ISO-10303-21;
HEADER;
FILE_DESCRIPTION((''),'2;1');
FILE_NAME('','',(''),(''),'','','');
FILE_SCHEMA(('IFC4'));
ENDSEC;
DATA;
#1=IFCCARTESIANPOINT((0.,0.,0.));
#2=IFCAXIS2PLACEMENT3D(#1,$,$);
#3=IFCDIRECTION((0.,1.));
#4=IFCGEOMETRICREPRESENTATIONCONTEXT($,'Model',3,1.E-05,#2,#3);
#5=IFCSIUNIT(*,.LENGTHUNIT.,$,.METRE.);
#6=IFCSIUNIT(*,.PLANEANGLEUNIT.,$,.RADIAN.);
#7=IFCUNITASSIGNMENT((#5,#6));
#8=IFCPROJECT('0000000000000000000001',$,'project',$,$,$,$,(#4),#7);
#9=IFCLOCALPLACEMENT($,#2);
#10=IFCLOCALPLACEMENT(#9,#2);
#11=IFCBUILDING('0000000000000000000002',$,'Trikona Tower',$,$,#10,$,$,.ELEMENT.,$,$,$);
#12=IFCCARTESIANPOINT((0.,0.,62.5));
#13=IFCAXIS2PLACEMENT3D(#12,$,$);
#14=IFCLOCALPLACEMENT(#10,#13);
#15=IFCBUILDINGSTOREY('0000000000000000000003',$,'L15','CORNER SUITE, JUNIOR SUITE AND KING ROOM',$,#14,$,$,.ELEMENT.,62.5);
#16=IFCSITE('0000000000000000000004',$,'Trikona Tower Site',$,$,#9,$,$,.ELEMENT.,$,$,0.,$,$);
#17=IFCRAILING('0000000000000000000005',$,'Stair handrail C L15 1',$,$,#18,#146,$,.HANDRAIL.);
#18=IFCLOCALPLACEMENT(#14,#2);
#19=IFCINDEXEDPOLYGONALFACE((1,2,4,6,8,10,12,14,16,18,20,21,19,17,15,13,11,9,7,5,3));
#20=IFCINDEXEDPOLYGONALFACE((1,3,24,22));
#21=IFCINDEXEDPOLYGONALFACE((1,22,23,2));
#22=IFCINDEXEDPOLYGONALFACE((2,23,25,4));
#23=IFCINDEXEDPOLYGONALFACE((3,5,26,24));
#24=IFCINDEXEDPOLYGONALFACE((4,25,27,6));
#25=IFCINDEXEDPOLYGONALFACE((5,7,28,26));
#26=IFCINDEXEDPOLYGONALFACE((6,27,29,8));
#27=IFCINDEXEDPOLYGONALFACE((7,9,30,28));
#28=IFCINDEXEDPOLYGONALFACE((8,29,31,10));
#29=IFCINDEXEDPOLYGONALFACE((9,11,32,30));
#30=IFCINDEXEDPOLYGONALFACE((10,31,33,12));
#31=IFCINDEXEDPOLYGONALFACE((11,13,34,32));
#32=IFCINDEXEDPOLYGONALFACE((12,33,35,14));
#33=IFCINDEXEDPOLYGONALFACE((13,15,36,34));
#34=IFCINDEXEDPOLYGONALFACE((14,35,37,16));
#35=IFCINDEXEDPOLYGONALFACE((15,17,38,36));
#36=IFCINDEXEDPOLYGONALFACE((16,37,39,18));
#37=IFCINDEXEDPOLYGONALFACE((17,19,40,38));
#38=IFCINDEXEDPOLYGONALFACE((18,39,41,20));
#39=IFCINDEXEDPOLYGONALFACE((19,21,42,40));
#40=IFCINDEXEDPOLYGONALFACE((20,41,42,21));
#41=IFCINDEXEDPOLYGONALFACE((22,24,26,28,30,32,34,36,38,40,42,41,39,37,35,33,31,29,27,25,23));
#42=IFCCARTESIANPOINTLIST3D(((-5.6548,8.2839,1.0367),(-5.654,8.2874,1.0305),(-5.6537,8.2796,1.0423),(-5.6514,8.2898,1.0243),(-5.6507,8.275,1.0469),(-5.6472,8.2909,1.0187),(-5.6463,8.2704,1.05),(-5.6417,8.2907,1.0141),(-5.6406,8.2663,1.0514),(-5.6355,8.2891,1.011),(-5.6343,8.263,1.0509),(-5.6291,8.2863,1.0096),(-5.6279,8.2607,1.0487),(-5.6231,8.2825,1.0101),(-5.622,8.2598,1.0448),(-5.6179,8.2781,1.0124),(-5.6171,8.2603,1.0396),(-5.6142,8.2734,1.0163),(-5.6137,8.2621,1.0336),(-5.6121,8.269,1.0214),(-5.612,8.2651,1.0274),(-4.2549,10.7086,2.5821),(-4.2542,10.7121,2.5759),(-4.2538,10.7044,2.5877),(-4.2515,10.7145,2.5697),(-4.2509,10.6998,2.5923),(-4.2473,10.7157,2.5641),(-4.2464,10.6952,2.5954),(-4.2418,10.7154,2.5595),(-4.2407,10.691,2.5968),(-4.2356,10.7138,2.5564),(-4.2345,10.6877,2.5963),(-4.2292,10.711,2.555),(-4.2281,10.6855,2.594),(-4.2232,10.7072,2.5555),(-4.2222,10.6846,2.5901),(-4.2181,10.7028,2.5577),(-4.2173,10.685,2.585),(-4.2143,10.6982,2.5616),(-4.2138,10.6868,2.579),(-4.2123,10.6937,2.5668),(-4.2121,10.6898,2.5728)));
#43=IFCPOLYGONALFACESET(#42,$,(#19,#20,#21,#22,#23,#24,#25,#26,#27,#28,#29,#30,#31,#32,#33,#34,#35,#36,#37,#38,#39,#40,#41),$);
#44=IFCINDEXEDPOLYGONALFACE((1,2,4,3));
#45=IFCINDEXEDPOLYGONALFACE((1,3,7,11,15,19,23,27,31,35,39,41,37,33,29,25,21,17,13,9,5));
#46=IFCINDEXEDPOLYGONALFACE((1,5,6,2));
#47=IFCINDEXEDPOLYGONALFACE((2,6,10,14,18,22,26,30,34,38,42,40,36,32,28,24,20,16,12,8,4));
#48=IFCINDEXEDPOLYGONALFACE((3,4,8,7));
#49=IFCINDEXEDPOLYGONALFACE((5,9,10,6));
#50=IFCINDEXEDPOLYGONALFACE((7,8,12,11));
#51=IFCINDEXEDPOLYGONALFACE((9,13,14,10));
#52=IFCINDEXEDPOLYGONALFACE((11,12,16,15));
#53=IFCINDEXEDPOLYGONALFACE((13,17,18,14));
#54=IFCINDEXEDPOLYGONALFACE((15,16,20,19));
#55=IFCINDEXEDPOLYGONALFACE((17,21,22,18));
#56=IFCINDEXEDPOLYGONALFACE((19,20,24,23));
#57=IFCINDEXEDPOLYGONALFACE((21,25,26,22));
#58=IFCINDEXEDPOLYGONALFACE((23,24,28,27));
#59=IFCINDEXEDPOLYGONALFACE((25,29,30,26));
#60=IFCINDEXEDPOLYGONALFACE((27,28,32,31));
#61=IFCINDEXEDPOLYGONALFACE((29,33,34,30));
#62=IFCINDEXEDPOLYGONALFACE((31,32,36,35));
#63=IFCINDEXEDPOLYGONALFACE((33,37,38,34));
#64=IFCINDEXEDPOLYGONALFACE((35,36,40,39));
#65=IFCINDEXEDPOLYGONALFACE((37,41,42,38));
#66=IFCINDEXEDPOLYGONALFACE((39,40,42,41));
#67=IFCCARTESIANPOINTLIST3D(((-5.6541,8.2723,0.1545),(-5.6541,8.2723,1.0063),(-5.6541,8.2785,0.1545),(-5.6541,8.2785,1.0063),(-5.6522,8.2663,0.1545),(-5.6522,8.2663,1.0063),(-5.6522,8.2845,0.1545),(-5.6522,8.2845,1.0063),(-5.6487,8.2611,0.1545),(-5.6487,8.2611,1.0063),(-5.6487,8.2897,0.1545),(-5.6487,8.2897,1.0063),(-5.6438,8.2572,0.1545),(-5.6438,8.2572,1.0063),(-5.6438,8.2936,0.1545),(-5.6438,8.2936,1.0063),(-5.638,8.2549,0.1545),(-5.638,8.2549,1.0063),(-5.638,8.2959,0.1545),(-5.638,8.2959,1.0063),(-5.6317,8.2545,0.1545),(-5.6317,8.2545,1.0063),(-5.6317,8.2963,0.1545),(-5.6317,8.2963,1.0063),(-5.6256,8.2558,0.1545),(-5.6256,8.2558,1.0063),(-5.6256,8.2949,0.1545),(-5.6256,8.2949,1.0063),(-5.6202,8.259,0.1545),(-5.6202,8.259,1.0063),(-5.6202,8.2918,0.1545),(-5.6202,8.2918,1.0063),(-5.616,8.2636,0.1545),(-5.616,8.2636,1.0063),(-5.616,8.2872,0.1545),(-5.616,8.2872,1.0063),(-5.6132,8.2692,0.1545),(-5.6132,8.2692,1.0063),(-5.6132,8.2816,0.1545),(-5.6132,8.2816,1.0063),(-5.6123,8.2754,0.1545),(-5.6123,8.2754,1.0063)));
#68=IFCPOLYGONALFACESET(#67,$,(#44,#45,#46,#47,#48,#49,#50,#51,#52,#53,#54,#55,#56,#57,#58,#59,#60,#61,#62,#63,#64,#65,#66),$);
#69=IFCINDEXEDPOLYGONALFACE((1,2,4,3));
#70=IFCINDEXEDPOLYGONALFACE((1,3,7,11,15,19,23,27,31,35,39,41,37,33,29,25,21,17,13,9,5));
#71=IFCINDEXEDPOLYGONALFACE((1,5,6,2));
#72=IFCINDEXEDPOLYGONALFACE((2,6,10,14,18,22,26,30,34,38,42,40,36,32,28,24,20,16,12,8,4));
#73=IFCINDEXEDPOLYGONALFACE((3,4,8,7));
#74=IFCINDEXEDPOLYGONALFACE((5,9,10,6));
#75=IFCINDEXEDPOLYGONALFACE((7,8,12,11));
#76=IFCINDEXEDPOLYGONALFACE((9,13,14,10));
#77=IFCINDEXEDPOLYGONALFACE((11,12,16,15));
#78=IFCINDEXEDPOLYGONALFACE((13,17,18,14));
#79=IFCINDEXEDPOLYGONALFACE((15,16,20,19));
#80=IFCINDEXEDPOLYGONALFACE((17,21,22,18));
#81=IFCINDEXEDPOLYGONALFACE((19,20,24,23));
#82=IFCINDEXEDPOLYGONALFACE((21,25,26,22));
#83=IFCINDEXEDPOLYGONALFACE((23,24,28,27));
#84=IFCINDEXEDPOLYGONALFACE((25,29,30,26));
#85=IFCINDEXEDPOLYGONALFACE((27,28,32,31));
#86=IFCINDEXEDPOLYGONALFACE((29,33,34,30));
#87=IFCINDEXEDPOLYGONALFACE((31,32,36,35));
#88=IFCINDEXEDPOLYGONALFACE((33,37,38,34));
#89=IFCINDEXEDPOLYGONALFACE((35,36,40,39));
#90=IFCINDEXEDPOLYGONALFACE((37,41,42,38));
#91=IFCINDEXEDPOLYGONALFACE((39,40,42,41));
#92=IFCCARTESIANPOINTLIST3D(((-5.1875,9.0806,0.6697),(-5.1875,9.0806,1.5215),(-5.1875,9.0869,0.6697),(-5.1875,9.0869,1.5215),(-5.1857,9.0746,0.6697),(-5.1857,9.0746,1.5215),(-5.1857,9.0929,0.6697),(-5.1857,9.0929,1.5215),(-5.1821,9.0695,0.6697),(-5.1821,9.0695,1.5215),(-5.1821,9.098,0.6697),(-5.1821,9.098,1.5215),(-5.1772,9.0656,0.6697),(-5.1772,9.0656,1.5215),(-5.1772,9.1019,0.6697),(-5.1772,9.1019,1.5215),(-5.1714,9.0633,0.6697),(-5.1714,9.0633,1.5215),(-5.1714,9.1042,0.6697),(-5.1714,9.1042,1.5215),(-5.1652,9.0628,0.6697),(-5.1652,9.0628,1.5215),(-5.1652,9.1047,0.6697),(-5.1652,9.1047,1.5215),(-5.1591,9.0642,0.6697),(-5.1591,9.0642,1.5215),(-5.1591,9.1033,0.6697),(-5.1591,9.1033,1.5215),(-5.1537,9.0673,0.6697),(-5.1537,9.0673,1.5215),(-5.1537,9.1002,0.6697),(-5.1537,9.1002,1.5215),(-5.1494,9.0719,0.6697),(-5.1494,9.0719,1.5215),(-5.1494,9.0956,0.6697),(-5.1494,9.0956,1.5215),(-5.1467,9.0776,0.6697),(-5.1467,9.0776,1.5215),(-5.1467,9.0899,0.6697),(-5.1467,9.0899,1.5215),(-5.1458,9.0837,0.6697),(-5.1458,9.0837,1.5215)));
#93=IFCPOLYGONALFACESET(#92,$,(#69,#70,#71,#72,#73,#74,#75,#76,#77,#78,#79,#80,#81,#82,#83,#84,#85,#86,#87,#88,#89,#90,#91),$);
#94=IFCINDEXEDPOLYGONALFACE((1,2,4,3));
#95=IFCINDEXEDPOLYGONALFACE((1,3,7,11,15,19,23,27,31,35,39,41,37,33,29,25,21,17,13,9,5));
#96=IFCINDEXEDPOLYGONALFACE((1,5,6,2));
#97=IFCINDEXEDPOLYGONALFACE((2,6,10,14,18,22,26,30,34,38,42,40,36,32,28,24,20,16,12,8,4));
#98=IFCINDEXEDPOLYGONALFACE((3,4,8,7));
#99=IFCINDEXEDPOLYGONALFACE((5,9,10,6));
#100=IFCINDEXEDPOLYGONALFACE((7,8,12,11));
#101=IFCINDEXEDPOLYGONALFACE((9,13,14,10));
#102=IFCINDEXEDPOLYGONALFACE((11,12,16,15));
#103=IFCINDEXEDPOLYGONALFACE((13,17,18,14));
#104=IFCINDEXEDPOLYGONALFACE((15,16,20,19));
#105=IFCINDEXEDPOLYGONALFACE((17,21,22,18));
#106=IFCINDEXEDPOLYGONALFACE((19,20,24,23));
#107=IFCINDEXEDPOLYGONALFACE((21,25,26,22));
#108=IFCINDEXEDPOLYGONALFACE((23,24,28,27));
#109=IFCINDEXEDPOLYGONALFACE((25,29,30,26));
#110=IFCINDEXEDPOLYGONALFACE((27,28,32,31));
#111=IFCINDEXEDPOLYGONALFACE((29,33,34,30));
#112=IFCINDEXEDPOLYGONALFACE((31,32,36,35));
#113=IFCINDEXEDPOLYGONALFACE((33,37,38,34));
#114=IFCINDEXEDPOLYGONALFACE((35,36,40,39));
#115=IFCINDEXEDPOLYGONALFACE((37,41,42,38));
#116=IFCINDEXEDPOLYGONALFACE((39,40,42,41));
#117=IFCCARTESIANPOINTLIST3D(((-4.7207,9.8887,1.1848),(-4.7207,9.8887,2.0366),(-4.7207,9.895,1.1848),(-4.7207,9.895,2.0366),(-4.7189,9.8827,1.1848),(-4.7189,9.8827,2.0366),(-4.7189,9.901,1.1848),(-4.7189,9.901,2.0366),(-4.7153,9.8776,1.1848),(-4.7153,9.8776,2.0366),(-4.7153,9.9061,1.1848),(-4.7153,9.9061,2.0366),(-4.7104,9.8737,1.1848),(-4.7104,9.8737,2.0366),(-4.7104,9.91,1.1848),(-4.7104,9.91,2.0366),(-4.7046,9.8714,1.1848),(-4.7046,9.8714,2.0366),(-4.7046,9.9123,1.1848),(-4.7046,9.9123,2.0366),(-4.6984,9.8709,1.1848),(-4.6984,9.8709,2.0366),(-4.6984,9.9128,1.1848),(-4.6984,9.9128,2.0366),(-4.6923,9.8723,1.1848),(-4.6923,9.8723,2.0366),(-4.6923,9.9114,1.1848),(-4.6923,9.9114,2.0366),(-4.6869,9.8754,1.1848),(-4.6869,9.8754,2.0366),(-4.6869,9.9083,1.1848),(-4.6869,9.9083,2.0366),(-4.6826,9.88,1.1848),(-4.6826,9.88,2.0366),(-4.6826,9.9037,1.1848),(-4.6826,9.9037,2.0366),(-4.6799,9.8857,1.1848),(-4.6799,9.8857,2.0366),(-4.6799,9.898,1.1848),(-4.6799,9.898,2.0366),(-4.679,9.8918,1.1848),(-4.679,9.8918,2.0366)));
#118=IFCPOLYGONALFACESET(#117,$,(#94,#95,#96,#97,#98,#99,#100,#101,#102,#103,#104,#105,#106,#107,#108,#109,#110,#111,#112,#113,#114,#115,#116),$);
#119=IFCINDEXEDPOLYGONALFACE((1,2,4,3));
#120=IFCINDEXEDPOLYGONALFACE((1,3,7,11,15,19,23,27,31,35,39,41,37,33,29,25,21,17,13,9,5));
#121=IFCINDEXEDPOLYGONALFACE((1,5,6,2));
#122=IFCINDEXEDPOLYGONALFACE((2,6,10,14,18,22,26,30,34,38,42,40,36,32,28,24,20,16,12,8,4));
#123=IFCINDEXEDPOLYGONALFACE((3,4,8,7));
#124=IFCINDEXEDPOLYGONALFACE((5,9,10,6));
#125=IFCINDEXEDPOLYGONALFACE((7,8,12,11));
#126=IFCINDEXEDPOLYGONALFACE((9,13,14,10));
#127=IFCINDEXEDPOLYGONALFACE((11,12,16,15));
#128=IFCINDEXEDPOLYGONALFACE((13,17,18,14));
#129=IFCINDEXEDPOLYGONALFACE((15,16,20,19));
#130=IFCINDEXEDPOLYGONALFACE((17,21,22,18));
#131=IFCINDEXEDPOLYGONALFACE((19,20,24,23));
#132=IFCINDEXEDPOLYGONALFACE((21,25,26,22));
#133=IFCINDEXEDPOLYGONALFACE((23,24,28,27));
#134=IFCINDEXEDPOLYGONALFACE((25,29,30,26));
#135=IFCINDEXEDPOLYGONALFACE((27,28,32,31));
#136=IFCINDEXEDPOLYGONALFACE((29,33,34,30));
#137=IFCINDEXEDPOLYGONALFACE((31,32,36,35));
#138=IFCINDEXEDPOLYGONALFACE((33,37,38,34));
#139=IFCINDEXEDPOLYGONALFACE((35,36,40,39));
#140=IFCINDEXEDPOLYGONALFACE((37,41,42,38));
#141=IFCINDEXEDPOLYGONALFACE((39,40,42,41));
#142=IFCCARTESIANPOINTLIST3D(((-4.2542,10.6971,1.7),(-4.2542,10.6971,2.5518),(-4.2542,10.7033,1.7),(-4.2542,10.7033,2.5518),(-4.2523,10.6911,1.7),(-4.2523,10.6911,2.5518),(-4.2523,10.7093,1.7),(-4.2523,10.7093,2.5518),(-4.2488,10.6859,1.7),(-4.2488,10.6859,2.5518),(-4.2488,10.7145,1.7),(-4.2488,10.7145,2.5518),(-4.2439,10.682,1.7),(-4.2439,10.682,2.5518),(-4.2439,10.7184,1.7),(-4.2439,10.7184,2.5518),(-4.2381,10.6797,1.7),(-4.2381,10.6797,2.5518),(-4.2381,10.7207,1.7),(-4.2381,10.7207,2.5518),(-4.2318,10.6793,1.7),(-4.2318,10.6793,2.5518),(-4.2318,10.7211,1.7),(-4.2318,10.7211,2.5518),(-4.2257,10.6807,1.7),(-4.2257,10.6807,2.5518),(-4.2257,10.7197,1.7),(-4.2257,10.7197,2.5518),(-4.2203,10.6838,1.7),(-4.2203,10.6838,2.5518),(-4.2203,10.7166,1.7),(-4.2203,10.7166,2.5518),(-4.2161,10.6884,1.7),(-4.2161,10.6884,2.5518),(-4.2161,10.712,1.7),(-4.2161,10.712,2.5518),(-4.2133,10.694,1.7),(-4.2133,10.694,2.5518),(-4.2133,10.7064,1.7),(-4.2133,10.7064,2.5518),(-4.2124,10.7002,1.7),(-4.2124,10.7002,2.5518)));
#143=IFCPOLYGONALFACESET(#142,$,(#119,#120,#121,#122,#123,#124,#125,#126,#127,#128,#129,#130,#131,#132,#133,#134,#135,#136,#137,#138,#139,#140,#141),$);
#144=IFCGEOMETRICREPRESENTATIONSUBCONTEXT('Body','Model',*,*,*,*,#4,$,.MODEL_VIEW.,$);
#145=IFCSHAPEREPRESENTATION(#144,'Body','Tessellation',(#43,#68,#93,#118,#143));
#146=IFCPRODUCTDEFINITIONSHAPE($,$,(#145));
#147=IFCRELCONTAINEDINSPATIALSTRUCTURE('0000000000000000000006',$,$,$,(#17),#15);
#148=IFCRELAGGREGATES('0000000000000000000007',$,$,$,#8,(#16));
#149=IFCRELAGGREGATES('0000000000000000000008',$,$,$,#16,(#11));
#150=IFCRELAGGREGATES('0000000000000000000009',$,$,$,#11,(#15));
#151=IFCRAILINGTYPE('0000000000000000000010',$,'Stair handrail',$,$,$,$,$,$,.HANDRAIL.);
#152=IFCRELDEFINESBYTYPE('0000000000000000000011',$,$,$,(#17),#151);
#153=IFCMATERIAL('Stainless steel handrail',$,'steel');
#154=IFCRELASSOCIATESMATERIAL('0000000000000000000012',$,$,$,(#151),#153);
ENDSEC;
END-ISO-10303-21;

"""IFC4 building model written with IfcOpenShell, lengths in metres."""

from ifc_helpers import new_model, si_unit, direction, frame, origin, origin_2d, place, context, subcontext, project, spatial, circle, extrude, material, type_object, element, save


model = new_model("IFC4")

# Units and contexts
model_context = context("Model", 3, precision=1e-05, world=origin(), true_north=direction((0.0, 1.0)))
body_context = subcontext(model_context, "Body", "Model", "MODEL_VIEW")
ifc_project = project(units=[si_unit("LENGTHUNIT", "METRE"), si_unit("PLANEANGLEUNIT", "RADIAN")], contexts=[model_context])

# Site, building, storey
site_placement = place(None, origin())
site = spatial("IfcSite", under=ifc_project, at=site_placement, Name="Trikona Tower Site", CompositionType="ELEMENT", RefElevation=0.0)
building_placement = place(site_placement, origin())
building = spatial("IfcBuilding", under=site, at=building_placement, Name="Trikona Tower", CompositionType="ELEMENT")
storey_placement = place(building_placement, frame((0.0, 0.0, 62.5)))
storey = spatial("IfcBuildingStorey", under=building, at=storey_placement, Name="L15", Description="CORNER SUITE, JUNIOR SUITE AND KING ROOM", CompositionType="ELEMENT", Elevation=62.5)

# Railing
ifc_material_1 = material(Name="Stainless steel handrail", Category="steel")
railing_type = type_object("IfcRailingType", Name="Stair handrail", PredefinedType="HANDRAIL", material=ifc_material_1)
railing_1_placement = place(storey_placement, frame((-5.6333, 8.2754, 0.1545)))
element("IfcRailing", 1, at=railing_1_placement, inside=storey, type_object=railing_type, Name="Stair handrail C L15 1", PredefinedType="HANDRAIL", context=body_context, shape_type="SweptSolid", body=[
    extrude(circle(Radius=0.0239, at=origin_2d()), frame((0.0, 0.0, 0.876), z_axis=(0.437733, 0.758207, 0.483231), x_axis=(-0.866035, 0.499984, 0.0)), (0.0, 0.0, 1.0), 3.198),
    extrude(circle(Radius=0.021, at=origin_2d()), origin(), (0.0, 0.0, 1.0), 0.8518),
    extrude(circle(Radius=0.021, at=origin_2d()), frame((0.4666, 0.8083, 0.5151)), (0.0, 0.0, 1.0), 0.8518),
    extrude(circle(Radius=0.021, at=origin_2d()), frame((0.9333, 1.6165, 1.0303)), (0.0, 0.0, 1.0), 0.8518),
    extrude(circle(Radius=0.021, at=origin_2d()), frame((1.3999, 2.4248, 1.5454)), (0.0, 0.0, 1.0), 0.8518),
])

save(model, "model.ifc")
